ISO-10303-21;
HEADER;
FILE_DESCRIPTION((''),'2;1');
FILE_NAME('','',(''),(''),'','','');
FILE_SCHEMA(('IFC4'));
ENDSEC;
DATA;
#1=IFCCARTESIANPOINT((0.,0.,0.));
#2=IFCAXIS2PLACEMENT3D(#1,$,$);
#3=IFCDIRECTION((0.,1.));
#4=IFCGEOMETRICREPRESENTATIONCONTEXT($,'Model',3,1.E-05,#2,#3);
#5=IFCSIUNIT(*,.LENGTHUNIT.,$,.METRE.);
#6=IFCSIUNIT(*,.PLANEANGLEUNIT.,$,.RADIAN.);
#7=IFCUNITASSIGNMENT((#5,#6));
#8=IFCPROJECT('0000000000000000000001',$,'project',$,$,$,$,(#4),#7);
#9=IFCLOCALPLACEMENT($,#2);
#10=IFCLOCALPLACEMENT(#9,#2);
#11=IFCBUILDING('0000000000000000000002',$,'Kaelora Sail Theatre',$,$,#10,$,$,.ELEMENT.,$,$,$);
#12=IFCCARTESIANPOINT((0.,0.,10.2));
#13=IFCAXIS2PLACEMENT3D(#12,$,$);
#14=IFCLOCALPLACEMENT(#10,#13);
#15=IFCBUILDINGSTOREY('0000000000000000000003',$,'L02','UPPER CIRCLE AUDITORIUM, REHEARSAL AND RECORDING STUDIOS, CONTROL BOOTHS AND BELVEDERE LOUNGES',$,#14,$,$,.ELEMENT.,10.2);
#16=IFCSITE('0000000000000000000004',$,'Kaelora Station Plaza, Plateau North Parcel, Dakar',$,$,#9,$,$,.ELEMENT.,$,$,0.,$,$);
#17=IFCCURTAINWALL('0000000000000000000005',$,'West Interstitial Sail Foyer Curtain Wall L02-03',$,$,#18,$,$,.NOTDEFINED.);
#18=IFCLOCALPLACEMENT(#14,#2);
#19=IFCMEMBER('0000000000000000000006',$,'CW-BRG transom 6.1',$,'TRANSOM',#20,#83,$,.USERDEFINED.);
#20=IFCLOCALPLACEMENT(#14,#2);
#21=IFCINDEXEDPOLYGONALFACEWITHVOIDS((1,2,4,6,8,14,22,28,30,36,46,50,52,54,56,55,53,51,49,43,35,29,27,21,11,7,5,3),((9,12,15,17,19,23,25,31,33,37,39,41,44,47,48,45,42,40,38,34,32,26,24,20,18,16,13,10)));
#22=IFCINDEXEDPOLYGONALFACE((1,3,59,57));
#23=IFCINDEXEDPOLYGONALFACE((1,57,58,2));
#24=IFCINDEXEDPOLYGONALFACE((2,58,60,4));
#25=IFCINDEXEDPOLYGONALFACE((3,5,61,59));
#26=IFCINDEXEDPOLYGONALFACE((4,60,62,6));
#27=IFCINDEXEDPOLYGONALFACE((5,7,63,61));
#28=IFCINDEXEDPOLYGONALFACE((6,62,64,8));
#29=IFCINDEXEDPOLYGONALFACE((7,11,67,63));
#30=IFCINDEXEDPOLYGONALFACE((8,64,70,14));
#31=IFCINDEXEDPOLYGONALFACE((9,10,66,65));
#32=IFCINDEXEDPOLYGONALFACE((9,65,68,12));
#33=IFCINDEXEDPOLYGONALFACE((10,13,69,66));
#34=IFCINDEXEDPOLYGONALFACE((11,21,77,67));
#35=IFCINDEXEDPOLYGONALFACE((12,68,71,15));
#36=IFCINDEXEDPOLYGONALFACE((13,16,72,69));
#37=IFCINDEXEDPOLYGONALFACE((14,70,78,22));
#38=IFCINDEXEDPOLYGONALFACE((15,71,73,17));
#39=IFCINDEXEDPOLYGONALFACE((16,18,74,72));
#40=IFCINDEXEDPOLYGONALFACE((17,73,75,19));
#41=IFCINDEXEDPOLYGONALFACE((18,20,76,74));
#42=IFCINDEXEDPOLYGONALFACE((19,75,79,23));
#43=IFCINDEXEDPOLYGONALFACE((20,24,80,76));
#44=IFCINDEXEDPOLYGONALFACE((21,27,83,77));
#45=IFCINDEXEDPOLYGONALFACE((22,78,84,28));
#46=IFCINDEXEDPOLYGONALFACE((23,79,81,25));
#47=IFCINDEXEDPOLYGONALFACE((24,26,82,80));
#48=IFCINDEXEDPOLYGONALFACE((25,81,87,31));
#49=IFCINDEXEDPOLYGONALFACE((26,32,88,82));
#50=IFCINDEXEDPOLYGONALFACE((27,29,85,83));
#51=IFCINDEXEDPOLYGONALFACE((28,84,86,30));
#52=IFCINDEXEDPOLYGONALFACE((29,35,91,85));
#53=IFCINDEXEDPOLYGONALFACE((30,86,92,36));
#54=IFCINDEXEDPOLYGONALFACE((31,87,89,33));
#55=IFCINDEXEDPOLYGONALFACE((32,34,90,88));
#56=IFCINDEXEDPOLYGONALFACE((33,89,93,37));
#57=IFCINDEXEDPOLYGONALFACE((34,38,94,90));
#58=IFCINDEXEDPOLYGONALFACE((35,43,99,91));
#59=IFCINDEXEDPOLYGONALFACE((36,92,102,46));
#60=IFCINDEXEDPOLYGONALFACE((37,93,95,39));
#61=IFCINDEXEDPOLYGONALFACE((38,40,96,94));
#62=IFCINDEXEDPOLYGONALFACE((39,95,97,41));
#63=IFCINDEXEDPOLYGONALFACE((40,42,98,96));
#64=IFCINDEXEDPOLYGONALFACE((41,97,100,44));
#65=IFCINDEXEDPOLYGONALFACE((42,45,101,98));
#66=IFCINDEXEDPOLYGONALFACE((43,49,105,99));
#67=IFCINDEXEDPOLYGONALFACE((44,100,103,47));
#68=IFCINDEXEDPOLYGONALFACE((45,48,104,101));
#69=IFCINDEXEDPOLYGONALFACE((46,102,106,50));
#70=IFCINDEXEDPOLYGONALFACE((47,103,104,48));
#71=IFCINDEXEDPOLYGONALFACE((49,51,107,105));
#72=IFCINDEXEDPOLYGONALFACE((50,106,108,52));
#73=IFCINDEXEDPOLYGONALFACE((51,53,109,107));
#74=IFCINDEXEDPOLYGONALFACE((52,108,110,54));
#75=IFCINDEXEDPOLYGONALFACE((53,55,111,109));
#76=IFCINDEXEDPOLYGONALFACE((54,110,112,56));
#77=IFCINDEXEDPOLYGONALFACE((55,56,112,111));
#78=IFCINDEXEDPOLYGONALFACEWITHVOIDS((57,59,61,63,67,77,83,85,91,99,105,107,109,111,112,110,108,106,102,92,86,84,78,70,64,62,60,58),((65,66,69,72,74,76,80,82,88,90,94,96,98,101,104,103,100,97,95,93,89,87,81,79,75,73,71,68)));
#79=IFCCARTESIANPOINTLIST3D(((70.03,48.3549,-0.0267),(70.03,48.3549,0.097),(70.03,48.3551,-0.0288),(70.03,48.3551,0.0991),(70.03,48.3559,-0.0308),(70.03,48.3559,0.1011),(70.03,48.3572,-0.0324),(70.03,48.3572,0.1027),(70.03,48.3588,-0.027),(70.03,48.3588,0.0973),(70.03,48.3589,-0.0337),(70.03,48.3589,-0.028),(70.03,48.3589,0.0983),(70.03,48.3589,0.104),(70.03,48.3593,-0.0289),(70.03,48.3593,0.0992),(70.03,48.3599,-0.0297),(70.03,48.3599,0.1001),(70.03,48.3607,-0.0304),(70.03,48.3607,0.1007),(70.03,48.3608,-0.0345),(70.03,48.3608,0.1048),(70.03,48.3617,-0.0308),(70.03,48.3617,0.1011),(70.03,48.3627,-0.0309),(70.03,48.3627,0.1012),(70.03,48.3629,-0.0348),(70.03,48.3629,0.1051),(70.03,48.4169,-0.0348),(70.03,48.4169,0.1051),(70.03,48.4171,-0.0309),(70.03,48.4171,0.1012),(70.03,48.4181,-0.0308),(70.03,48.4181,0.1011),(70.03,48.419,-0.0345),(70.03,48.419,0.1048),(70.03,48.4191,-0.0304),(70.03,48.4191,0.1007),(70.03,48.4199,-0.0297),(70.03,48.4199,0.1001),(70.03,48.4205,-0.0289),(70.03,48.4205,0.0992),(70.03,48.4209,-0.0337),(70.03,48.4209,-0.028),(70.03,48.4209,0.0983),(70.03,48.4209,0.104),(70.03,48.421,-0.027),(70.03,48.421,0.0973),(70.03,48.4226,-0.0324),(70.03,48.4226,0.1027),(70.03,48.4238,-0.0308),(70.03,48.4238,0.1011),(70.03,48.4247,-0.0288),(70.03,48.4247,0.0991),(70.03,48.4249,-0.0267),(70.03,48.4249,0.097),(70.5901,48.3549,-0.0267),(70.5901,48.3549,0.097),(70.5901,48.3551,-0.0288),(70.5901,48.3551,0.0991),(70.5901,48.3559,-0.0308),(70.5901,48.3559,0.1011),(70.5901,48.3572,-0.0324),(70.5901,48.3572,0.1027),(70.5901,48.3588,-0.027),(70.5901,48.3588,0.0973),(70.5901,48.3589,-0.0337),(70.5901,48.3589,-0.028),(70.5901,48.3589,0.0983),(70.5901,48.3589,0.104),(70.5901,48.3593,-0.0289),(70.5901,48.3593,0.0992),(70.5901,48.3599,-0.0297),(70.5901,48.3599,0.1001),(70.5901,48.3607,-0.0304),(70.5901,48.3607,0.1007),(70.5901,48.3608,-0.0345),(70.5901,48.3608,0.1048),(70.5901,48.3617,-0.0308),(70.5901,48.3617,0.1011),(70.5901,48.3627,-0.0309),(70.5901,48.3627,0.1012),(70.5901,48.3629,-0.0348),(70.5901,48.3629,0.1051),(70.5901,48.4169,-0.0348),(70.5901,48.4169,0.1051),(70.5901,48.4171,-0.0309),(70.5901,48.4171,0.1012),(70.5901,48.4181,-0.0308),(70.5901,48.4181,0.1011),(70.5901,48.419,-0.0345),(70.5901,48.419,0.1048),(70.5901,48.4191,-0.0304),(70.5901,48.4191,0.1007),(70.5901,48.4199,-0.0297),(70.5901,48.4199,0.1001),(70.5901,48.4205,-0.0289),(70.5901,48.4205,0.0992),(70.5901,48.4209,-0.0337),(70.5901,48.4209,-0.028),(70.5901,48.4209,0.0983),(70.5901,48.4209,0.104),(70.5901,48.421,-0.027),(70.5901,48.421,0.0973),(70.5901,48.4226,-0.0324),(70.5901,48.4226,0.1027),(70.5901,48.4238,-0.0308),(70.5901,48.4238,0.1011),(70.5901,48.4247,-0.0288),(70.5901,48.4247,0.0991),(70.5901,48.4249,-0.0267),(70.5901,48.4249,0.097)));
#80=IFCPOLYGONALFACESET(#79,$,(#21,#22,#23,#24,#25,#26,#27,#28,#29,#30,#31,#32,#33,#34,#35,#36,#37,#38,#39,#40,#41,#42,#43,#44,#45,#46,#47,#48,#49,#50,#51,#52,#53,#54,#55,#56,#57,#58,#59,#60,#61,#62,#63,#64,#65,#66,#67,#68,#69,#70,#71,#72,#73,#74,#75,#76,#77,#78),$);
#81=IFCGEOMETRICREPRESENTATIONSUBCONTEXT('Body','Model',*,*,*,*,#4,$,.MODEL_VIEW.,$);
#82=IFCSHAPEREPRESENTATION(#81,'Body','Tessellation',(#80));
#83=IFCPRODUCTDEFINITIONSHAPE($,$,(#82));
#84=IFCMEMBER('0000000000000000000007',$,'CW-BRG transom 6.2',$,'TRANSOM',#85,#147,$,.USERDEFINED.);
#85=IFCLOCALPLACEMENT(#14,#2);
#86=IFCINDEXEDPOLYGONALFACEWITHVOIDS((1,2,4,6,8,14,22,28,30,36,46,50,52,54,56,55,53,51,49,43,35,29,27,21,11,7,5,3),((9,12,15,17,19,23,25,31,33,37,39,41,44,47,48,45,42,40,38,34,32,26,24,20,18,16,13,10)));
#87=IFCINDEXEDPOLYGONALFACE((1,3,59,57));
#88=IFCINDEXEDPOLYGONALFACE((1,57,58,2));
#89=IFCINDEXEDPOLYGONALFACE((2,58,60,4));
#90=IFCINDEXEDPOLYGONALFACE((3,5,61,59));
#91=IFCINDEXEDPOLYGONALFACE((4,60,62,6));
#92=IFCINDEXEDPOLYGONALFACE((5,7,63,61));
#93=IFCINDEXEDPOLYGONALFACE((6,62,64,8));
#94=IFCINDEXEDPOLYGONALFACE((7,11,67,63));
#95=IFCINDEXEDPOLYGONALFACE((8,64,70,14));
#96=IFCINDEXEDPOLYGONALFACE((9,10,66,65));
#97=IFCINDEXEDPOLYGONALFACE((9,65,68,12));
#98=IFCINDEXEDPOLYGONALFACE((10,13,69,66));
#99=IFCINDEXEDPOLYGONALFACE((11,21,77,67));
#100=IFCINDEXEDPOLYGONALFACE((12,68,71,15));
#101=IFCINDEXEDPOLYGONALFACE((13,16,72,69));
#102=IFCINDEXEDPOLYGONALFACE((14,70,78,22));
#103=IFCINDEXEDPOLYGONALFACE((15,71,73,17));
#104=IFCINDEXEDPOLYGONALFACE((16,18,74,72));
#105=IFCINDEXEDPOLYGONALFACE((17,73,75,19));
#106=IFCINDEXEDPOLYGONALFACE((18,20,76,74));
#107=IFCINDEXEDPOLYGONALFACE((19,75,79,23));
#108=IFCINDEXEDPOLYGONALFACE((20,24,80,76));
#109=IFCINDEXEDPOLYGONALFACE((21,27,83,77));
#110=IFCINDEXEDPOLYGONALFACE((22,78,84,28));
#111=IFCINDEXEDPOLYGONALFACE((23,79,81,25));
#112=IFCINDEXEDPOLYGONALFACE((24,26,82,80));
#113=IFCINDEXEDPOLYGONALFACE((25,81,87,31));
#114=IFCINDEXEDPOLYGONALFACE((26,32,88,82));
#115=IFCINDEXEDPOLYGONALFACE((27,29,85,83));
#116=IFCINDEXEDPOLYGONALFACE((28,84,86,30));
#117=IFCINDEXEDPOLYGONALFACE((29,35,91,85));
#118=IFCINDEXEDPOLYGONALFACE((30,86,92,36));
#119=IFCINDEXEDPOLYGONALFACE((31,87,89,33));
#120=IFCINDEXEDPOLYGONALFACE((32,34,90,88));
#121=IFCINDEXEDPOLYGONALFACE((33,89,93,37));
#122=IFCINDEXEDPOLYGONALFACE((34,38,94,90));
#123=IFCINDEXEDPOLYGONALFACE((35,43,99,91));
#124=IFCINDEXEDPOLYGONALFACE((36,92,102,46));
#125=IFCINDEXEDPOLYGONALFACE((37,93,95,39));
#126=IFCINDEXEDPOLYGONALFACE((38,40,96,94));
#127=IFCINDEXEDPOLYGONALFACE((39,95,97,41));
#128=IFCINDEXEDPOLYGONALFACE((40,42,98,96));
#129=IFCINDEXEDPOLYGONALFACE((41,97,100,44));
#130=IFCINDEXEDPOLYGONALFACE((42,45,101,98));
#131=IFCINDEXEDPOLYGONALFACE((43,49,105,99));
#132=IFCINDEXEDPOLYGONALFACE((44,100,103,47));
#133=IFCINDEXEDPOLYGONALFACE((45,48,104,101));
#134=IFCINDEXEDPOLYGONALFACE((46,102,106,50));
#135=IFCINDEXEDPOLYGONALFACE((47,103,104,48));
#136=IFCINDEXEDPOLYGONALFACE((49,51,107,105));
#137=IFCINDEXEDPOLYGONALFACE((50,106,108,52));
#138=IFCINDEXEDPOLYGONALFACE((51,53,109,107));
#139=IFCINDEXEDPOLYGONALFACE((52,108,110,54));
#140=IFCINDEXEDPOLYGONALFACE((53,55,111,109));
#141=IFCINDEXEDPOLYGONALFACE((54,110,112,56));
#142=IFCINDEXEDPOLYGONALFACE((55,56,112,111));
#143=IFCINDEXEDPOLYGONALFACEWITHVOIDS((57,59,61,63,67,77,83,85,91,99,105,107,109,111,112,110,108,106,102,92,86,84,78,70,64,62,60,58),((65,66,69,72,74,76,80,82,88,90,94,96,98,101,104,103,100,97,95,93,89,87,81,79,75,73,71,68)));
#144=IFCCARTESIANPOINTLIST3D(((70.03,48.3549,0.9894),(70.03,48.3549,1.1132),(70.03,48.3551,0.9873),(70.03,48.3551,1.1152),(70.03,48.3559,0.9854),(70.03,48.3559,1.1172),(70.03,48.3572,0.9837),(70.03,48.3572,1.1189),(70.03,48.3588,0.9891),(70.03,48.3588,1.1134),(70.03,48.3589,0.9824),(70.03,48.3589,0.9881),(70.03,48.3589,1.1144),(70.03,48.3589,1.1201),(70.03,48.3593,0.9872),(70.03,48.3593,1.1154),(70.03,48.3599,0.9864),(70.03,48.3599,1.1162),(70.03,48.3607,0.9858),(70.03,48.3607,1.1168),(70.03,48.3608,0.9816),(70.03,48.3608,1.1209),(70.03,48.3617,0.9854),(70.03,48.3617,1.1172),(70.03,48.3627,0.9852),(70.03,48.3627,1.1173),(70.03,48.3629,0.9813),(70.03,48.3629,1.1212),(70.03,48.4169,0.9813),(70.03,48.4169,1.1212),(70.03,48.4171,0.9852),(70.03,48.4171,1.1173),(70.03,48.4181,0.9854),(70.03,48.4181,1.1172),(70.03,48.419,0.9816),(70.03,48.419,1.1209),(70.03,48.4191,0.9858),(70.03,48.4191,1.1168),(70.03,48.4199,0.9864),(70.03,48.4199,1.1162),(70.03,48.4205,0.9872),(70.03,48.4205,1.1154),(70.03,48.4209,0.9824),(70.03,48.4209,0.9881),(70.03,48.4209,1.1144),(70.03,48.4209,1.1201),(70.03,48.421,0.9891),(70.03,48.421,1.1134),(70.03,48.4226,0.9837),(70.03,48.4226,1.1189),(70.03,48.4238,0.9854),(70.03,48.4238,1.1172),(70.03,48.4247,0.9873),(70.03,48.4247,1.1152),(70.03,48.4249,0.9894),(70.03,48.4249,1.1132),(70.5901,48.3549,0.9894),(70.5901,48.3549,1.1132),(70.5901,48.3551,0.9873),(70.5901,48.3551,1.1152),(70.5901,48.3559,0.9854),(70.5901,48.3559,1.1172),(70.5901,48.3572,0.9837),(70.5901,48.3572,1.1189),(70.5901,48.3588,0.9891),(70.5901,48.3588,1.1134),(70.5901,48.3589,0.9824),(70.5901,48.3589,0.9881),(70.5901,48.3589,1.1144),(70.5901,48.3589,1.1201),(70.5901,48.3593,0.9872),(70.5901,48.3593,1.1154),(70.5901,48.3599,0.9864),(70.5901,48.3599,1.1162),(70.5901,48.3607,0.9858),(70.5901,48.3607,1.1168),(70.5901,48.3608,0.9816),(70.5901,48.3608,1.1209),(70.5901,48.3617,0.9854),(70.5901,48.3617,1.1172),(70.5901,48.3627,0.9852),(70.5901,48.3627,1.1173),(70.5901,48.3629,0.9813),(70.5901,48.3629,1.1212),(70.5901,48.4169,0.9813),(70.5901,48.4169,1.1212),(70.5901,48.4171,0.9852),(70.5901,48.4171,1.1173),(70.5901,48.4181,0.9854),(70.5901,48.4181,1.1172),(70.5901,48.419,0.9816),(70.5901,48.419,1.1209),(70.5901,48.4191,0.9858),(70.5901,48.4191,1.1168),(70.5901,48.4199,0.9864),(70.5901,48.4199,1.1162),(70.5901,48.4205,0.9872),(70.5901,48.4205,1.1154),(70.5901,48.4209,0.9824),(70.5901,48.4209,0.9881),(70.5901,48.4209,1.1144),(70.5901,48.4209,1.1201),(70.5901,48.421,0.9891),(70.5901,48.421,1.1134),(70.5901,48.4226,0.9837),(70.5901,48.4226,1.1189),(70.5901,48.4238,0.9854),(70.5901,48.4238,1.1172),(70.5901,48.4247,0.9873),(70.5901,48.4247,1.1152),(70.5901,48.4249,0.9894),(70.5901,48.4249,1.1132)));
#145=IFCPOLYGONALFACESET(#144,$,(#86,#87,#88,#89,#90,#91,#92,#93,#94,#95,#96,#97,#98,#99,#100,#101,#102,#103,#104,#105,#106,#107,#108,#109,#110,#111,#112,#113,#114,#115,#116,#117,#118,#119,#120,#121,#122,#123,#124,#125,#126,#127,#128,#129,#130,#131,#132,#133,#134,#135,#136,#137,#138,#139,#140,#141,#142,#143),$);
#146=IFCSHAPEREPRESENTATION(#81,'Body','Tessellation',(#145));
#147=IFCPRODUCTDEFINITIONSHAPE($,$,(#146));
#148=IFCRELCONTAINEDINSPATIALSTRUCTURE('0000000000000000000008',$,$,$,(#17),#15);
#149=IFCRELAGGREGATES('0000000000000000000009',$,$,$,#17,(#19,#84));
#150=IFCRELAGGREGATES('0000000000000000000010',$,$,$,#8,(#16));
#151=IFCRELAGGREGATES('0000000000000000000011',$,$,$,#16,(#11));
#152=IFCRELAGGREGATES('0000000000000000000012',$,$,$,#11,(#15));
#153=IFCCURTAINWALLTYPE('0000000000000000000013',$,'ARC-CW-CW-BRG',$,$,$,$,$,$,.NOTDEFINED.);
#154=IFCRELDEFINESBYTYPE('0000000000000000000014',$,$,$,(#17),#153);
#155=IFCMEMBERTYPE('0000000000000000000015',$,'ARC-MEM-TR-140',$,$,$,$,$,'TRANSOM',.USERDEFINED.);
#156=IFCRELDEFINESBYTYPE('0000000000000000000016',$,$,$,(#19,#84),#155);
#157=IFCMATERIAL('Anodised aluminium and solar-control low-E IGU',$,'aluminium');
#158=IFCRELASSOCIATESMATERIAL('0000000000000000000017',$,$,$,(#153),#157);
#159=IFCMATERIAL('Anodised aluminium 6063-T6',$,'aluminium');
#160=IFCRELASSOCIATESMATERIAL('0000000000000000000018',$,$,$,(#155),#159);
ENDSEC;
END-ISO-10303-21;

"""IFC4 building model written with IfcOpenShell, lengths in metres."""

from ifc_helpers import new_model, si_unit, direction, frame, origin, origin_2d, place, context, subcontext, project, spatial, hollow_rectangle, extrude, material, material_profile, profile_set, type_object, element, aggregate, save


model = new_model("IFC4")

# Units and contexts
model_context = context("Model", 3, precision=1e-05, world=origin(), true_north=direction((0.0, 1.0)))
body_context = subcontext(model_context, "Body", "Model", "MODEL_VIEW")
ifc_project = project(units=[si_unit("LENGTHUNIT", "METRE"), si_unit("PLANEANGLEUNIT", "RADIAN")], contexts=[model_context])

# Site, building, storey
site_placement = place(None, origin())
site = spatial("IfcSite", under=ifc_project, at=site_placement, Name="Kaelora Station Plaza, Plateau North Parcel, Dakar", CompositionType="ELEMENT", RefElevation=0.0)
building_placement = place(site_placement, origin())
building = spatial("IfcBuilding", under=site, at=building_placement, Name="Kaelora Sail Theatre", CompositionType="ELEMENT")
storey_placement = place(building_placement, frame((0.0, 0.0, 10.2)))
storey = spatial("IfcBuildingStorey", under=building, at=storey_placement, Name="L02", Description="UPPER CIRCLE AUDITORIUM, REHEARSAL AND RECORDING STUDIOS, CONTROL BOOTHS AND BELVEDERE LOUNGES", CompositionType="ELEMENT", Elevation=10.2)

# Curtain wall, members
ifc_material_1 = material(Name="Anodised aluminium and solar-control low-E IGU", Category="aluminium")
curtain_wall_type = type_object("IfcCurtainWallType", Name="ARC-CW-CW-BRG", PredefinedType="NOTDEFINED", material=ifc_material_1)
curtain_wall_placement = place(storey_placement, origin())
curtain_wall = element("IfcCurtainWall", 1, at=curtain_wall_placement, inside=storey, type_object=curtain_wall_type, Name="West Interstitial Sail Foyer Curtain Wall L02-03", PredefinedType="NOTDEFINED")
ifc_material_2 = material(Name="Anodised aluminium 6063-T6", Category="aluminium")
ifc_material_profile_1 = material_profile(ifc_material_2, hollow_rectangle(XDim=0.0701, YDim=0.1399, WallThickness=0.0039, InnerFilletRadius=0.0039, OuterFilletRadius=0.0081, at=origin_2d()), Name="ALU-TRAN 70x140x4")
ifc_profile_set_1 = profile_set([ifc_material_profile_1], Name="Anodised aluminium 6063-T6")
member_type_1 = type_object("IfcMemberType", Name="ARC-MEM-TR-140", ElementType="TRANSOM", PredefinedType="USERDEFINED", material=ifc_profile_set_1)
member_1_placement = place(storey_placement, frame((70.03, 48.3899, 0.0352), z_axis=(1.0, 0.0, 0.0), x_axis=(0.0, 1.0, 0.0)))
member_1 = element("IfcMember", 2, at=member_1_placement, type_object=member_type_1, Name="CW-BRG transom 6.1", ObjectType="TRANSOM", PredefinedType="USERDEFINED", context=body_context, shape_type="SweptSolid", body=[
    extrude(hollow_rectangle(XDim=0.0701, YDim=0.1399, WallThickness=0.0039, InnerFilletRadius=0.0039, OuterFilletRadius=0.0081, at=origin_2d()), origin(), (0.0, 0.0, 1.0), 0.5601),
])
member_2_placement = place(storey_placement, frame((70.03, 48.3899, 1.0513), z_axis=(1.0, 0.0, 0.0), x_axis=(0.0, 1.0, 0.0)))
member_2 = element("IfcMember", 3, at=member_2_placement, type_object=member_type_1, Name="CW-BRG transom 6.2", ObjectType="TRANSOM", PredefinedType="USERDEFINED", context=body_context, shape_type="SweptSolid", body=[
    extrude(hollow_rectangle(XDim=0.0701, YDim=0.1399, WallThickness=0.0039, InnerFilletRadius=0.0039, OuterFilletRadius=0.0081, at=origin_2d()), origin(), (0.0, 0.0, 1.0), 0.5601),
])

aggregate(curtain_wall, [member_1, member_2])

save(model, "model.ifc")
